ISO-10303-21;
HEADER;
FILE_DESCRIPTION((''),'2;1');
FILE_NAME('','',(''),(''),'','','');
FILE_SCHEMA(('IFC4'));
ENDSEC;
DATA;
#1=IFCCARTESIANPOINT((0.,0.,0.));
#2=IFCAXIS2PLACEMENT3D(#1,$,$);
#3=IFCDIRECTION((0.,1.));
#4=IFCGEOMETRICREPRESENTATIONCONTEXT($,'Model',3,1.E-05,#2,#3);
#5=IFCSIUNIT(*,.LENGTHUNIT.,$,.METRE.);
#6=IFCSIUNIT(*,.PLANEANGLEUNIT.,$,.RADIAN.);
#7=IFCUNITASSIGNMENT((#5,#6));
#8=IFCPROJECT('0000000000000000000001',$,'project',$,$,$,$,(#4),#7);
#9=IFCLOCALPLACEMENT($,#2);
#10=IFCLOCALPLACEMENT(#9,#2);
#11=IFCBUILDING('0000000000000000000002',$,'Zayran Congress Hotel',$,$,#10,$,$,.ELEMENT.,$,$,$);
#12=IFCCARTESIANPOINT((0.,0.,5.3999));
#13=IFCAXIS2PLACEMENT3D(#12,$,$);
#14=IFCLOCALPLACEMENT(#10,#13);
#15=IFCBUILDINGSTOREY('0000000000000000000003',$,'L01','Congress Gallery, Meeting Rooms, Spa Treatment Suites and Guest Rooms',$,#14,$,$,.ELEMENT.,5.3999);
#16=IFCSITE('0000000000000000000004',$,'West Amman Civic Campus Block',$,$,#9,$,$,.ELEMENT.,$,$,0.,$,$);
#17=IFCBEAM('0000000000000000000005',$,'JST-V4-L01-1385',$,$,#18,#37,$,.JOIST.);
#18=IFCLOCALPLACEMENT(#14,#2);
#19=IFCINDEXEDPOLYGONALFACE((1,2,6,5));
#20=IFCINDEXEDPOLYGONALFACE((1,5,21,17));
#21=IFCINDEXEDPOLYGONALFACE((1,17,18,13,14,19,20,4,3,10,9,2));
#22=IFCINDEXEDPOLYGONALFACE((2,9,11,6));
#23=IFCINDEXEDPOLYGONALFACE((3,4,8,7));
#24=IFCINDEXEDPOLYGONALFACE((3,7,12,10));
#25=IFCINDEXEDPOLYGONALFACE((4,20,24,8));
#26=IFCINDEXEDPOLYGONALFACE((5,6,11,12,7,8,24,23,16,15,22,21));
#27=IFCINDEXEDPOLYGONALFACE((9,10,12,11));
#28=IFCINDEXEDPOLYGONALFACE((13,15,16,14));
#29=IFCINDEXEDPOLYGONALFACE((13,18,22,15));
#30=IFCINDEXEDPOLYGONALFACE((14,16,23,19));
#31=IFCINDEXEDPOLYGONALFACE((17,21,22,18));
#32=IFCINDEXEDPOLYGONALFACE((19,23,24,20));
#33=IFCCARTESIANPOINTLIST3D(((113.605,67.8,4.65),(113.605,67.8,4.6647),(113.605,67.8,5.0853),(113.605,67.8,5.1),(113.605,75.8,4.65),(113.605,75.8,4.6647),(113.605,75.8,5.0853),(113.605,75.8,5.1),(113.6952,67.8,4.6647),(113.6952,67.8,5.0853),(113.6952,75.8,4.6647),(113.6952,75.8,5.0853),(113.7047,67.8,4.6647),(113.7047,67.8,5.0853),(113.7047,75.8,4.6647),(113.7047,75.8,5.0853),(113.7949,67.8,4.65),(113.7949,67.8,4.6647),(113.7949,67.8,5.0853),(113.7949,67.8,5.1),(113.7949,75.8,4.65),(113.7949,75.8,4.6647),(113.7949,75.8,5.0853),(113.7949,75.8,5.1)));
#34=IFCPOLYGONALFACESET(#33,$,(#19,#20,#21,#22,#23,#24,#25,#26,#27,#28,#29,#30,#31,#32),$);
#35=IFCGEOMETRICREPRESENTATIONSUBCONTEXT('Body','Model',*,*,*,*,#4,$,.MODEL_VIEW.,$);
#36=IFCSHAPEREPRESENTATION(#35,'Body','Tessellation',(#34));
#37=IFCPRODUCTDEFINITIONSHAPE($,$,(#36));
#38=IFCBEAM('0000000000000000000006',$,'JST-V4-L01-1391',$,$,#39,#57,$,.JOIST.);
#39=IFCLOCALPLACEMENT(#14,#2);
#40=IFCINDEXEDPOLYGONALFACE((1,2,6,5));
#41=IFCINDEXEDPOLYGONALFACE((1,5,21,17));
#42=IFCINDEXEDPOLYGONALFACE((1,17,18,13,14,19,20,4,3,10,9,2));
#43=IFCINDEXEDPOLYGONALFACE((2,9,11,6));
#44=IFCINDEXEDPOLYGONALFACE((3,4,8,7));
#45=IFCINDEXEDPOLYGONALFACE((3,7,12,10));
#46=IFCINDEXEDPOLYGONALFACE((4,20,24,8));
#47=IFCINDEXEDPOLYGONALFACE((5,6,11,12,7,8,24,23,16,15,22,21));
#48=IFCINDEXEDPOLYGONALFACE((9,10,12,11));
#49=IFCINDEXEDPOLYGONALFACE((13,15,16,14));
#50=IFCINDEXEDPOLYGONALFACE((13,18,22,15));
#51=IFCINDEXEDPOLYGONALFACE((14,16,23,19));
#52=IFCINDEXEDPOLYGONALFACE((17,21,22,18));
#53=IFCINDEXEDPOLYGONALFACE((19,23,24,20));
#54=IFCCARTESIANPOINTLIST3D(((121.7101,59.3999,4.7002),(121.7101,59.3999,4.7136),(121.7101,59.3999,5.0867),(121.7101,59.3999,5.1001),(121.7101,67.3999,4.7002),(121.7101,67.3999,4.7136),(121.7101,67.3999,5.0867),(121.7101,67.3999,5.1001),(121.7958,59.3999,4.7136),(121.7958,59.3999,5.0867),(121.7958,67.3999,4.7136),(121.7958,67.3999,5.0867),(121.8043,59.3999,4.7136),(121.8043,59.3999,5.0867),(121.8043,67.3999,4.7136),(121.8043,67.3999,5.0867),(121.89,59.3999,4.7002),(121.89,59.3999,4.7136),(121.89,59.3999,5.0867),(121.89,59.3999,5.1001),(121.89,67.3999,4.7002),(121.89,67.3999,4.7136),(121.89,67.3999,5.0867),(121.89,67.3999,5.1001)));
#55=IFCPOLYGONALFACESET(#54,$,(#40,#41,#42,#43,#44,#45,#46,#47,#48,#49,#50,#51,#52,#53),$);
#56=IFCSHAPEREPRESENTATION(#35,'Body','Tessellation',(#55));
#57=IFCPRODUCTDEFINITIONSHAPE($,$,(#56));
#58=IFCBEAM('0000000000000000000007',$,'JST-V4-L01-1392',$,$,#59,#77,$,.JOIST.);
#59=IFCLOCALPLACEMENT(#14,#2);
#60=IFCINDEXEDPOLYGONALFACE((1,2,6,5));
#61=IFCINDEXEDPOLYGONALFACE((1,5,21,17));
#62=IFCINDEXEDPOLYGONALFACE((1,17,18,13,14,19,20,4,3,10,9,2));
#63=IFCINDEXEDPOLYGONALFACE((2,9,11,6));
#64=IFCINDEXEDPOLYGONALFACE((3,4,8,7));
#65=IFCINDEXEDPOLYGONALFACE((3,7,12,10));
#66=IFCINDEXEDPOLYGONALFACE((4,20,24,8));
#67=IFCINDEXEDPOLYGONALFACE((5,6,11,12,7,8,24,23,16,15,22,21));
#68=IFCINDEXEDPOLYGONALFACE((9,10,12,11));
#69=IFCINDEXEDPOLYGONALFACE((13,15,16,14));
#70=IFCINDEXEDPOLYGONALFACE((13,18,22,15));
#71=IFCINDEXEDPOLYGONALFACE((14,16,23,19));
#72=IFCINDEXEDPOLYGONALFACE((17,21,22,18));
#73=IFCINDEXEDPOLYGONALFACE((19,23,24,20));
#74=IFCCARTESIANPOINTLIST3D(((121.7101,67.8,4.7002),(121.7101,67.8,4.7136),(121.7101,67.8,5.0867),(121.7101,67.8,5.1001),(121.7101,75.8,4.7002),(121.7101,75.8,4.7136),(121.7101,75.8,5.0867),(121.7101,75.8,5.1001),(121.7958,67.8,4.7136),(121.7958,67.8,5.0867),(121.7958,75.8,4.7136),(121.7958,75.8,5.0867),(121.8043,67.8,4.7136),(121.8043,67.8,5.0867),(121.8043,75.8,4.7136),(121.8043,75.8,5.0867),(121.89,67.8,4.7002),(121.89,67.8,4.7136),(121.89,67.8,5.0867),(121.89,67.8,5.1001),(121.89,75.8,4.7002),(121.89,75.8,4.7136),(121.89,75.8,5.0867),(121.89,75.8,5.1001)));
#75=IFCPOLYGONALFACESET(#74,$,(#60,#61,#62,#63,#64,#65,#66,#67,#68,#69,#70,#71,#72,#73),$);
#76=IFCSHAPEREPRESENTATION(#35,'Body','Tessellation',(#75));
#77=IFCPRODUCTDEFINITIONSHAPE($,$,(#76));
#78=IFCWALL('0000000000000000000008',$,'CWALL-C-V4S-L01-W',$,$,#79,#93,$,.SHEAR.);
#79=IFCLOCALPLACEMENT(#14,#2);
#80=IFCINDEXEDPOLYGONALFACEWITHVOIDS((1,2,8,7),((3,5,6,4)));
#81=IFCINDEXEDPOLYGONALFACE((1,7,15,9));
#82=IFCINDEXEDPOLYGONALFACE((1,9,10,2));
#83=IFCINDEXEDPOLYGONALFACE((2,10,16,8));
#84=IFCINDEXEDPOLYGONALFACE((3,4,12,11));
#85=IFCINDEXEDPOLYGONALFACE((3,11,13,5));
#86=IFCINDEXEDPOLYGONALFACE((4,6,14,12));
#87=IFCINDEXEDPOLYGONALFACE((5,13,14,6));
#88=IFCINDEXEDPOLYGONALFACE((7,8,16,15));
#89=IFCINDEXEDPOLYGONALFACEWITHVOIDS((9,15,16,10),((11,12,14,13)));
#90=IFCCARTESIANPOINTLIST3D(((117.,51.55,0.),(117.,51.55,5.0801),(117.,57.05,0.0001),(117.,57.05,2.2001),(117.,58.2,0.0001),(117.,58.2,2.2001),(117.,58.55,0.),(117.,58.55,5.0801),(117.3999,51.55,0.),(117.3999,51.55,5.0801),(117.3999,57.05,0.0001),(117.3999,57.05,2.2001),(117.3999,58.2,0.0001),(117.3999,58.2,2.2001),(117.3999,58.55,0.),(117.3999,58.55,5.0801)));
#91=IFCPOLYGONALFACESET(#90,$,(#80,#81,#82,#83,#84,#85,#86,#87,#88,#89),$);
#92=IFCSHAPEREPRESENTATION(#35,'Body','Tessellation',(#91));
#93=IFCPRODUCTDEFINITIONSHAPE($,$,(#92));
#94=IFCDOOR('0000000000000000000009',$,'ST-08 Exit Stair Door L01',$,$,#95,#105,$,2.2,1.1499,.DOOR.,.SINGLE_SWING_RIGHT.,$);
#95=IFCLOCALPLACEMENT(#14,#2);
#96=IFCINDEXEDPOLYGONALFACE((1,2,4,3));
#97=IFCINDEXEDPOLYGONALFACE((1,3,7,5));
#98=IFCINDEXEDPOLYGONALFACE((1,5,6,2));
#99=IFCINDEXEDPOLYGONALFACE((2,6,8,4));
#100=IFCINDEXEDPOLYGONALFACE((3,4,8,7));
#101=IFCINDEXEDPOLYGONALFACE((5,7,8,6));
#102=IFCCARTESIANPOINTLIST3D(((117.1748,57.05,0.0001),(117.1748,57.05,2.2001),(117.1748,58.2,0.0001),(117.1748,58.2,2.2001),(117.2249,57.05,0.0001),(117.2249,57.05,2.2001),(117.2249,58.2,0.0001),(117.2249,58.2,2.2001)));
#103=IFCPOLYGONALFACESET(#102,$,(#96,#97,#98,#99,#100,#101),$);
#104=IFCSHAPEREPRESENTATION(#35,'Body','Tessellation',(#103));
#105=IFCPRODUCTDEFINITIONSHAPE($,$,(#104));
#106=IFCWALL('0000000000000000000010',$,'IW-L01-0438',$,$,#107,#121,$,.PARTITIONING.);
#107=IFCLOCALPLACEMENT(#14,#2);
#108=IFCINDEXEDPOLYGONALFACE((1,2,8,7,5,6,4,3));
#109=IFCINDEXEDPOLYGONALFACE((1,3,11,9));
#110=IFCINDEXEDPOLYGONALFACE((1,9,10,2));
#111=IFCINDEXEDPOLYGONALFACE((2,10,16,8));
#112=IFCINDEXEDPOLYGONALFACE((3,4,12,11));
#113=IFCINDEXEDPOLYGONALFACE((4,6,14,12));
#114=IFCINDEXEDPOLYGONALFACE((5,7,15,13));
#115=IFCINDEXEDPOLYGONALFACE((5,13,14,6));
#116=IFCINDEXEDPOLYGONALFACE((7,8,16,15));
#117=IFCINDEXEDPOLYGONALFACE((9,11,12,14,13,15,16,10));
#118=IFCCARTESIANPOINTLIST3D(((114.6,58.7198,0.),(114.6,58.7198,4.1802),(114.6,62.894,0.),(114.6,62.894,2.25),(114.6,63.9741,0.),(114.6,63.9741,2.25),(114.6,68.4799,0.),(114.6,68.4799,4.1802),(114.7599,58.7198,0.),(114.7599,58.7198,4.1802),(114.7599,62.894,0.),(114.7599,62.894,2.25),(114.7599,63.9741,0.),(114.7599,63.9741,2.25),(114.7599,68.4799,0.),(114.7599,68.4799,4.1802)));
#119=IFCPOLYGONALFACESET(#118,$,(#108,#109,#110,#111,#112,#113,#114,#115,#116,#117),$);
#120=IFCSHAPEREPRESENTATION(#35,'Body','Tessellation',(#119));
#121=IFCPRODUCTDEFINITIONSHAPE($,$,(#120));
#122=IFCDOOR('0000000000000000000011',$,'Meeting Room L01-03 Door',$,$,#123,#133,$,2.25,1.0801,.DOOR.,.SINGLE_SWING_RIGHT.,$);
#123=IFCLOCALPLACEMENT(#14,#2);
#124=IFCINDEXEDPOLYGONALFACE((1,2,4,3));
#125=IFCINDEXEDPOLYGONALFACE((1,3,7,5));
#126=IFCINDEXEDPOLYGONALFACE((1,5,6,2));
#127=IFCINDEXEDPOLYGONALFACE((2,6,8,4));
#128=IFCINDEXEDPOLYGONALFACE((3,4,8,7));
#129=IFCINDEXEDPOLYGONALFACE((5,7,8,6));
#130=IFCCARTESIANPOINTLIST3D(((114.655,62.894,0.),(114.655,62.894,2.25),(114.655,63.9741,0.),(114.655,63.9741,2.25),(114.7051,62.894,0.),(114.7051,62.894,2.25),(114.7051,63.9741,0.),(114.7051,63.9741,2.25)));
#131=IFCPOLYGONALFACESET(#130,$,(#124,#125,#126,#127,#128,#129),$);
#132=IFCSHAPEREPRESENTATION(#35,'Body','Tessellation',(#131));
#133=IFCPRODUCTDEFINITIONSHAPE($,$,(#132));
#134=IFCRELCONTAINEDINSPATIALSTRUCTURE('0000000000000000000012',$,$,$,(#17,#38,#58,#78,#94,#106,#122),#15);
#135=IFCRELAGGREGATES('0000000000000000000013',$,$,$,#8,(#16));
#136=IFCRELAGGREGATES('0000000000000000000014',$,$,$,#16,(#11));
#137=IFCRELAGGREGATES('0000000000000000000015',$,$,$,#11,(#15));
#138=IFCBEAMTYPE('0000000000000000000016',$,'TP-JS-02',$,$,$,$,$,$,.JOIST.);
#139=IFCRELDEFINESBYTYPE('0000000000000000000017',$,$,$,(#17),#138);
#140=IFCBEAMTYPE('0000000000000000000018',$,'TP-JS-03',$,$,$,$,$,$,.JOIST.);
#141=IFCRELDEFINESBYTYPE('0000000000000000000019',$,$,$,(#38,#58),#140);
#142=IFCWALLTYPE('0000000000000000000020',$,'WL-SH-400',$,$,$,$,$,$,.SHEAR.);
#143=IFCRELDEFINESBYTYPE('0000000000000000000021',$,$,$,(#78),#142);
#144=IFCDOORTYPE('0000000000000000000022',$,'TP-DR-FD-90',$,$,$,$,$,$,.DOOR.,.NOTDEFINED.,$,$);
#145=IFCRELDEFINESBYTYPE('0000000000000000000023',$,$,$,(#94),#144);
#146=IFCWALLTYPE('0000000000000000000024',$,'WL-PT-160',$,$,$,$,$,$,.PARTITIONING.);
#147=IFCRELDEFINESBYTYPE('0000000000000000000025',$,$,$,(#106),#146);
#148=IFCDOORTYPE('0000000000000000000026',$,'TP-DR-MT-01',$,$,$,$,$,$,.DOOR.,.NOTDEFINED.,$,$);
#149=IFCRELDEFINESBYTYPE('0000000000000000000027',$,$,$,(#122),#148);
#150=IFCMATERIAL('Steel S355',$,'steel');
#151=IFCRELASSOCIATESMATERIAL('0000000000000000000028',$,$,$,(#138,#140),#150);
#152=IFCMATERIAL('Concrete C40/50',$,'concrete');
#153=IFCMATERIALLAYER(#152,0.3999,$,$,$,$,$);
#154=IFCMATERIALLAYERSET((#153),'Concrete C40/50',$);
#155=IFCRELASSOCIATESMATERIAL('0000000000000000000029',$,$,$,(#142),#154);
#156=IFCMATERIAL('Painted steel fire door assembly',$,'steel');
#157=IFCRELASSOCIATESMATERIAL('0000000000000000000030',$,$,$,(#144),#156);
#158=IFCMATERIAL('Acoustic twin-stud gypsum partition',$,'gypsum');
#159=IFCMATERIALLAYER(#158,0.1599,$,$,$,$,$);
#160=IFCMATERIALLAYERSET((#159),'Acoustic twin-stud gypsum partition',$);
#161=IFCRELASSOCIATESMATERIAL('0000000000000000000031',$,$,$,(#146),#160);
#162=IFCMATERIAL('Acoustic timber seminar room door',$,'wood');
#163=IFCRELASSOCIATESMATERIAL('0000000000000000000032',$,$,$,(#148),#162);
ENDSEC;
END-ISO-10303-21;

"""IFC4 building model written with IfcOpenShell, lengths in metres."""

from ifc_helpers import new_model, si_unit, direction, frame, frame_2d, origin, origin_2d, place, context, subcontext, project, spatial, rectangle, i_section, extrude, material, layer, layer_set, material_profile, profile_set, type_object, element, fill, save


model = new_model("IFC4")

# Units and contexts
model_context = context("Model", 3, precision=1e-05, world=origin(), true_north=direction((0.0, 1.0)))
body_context = subcontext(model_context, "Body", "Model", "MODEL_VIEW")
ifc_project = project(units=[si_unit("LENGTHUNIT", "METRE"), si_unit("PLANEANGLEUNIT", "RADIAN")], contexts=[model_context])

# Site, building, storey
site_placement = place(None, origin())
site = spatial("IfcSite", under=ifc_project, at=site_placement, Name="West Amman Civic Campus Block", CompositionType="ELEMENT", RefElevation=0.0)
building_placement = place(site_placement, origin())
building = spatial("IfcBuilding", under=site, at=building_placement, Name="Zayran Congress Hotel", CompositionType="ELEMENT")
storey_placement = place(building_placement, frame((0.0, 0.0, 5.3999)))
storey = spatial("IfcBuildingStorey", under=building, at=storey_placement, Name="L01", Description="Congress Gallery, Meeting Rooms, Spa Treatment Suites and Guest Rooms", CompositionType="ELEMENT", Elevation=5.3999)

# Shared definitions
ifc_material_1 = material(Name="Concrete C40/50", Category="concrete")

# Beams
ifc_material_2 = material(Name="Steel S355", Category="steel")
ifc_material_profile_1 = material_profile(ifc_material_2, i_section(OverallWidth=0.1899, OverallDepth=0.45, WebThickness=0.0095, FlangeThickness=0.0146, at=origin_2d()), Name="IPE 450")
ifc_profile_set_1 = profile_set([ifc_material_profile_1], Name="Steel S355")
beam_type_1 = type_object("IfcBeamType", Name="TP-JS-02", PredefinedType="JOIST", material=ifc_profile_set_1)
for number, where, z_axis, x_axis, name in (
    (1, (113.7, 67.8, 4.875), (0.0, 1.0, 0.0), (-1.0, 0.0, 0.0), "JST-V4-L01-1385"),
):
    element("IfcBeam", number, at=place(storey_placement, frame(where, z_axis=z_axis, x_axis=x_axis)), inside=storey, type_object=beam_type_1, Name=name, PredefinedType="JOIST", context=body_context, shape_type="SweptSolid", body=[
        extrude(i_section(OverallWidth=0.1899, OverallDepth=0.45, WebThickness=0.0095, FlangeThickness=0.0146, at=origin_2d()), origin(), (0.0, 0.0, 1.0), 8.0),
    ])
ifc_material_profile_2 = material_profile(ifc_material_2, i_section(OverallWidth=0.1799, OverallDepth=0.3999, WebThickness=0.0085, FlangeThickness=0.0134, at=origin_2d()), Name="IPE 400")
ifc_profile_set_2 = profile_set([ifc_material_profile_2], Name="Steel S355")
beam_type_2 = type_object("IfcBeamType", Name="TP-JS-03", PredefinedType="JOIST", material=ifc_profile_set_2)
for number, where, z_axis, x_axis, name in (
    (2, (121.8, 59.3999, 4.9001), (0.0, 1.0, 0.0), (-1.0, 0.0, 0.0), "JST-V4-L01-1391"),
    (3, (121.8, 67.8, 4.9001), (0.0, 1.0, 0.0), (-1.0, 0.0, 0.0), "JST-V4-L01-1392"),
):
    element("IfcBeam", number, at=place(storey_placement, frame(where, z_axis=z_axis, x_axis=x_axis)), inside=storey, type_object=beam_type_2, Name=name, PredefinedType="JOIST", context=body_context, shape_type="SweptSolid", body=[
        extrude(i_section(OverallWidth=0.1799, OverallDepth=0.3999, WebThickness=0.0085, FlangeThickness=0.0134, at=origin_2d()), origin(), (0.0, 0.0, 1.0), 8.0),
    ])

# Walls, openings, doors
ifc_layer_1 = layer(ifc_material_1, 0.3999)
ifc_layer_set_1 = layer_set([ifc_layer_1], Name="Concrete C40/50")
wall_type_1 = type_object("IfcWallType", Name="WL-SH-400", PredefinedType="SHEAR", material=ifc_layer_set_1)
wall_1_placement = place(storey_placement, frame((117.2, 58.55, 0.0), z_axis=(0.0, 0.0, 1.0), x_axis=(0.0, -1.0, 0.0)))
wall_1 = element("IfcWall", 4, at=wall_1_placement, inside=storey, type_object=wall_type_1, Name="CWALL-C-V4S-L01-W", PredefinedType="SHEAR", context=body_context, shape_type="SweptSolid", body=[
    extrude(rectangle(XDim=7.0, YDim=0.3999, at=frame_2d((3.5, 0.0))), origin(), (0.0, 0.0, 1.0), 5.0801),
])
opening_1_placement = place(wall_1_placement, frame((0.3501, 0.0, 0.0)))
opening_1 = element("IfcOpeningElement", 5, at=opening_1_placement, cuts=wall_1, PredefinedType="OPENING", context=body_context, shape_type="SweptSolid", body=[
    extrude(rectangle(XDim=1.1499, YDim=2.2, at=frame_2d((0.575, 1.1001))), frame((0.0, 0.21, 0.0), z_axis=(0.0, -1.0, 0.0), x_axis=(1.0, 0.0, 0.0)), (0.0, 0.0, 1.0), 0.4199),
])
ifc_material_3 = material(Name="Painted steel fire door assembly", Category="steel")
door_type_1 = type_object("IfcDoorType", Name="TP-DR-FD-90", OperationType="NOTDEFINED", PredefinedType="DOOR", material=ifc_material_3)
door_1_placement = place(opening_1_placement, origin())
door_1 = element("IfcDoor", 6, at=door_1_placement, inside=storey, type_object=door_type_1, Name="ST-08 Exit Stair Door L01", OperationType="SINGLE_SWING_RIGHT", OverallHeight=2.2, OverallWidth=1.1499, PredefinedType="DOOR", context=body_context, shape_type="SweptSolid", body=[
    extrude(rectangle(XDim=1.1499, YDim=2.2, at=frame_2d((0.575, 1.1001))), frame((0.0, 0.0249, 0.0), z_axis=(0.0, -1.0, 0.0), x_axis=(1.0, 0.0, 0.0)), (0.0, 0.0, 1.0), 0.05),
])
fill(opening_1, door_1)
ifc_material_4 = material(Name="Acoustic twin-stud gypsum partition", Category="gypsum")
ifc_layer_2 = layer(ifc_material_4, 0.1599)
ifc_layer_set_2 = layer_set([ifc_layer_2], Name="Acoustic twin-stud gypsum partition")
wall_type_2 = type_object("IfcWallType", Name="WL-PT-160", PredefinedType="PARTITIONING", material=ifc_layer_set_2)
wall_2_placement = place(storey_placement, frame((114.6799, 58.72, 0.0), z_axis=(0.0, 0.0, 1.0), x_axis=(0.0, 1.0, 0.0)))
wall_2 = element("IfcWall", 7, at=wall_2_placement, inside=storey, type_object=wall_type_2, Name="IW-L01-0438", PredefinedType="PARTITIONING", context=body_context, shape_type="SweptSolid", body=[
    extrude(rectangle(XDim=9.76, YDim=0.1599, at=frame_2d((4.8799, 0.0))), origin(), (0.0, 0.0, 1.0), 4.1802),
])
opening_2_placement = place(wall_2_placement, frame((4.1741, 0.0, 0.0)))
opening_2 = element("IfcOpeningElement", 8, at=opening_2_placement, cuts=wall_2, PredefinedType="OPENING", context=body_context, shape_type="SweptSolid", body=[
    extrude(rectangle(XDim=1.0801, YDim=2.25, at=frame_2d((0.54, 1.125))), frame((0.0, 0.0898, 0.0), z_axis=(0.0, -1.0, 0.0), x_axis=(1.0, 0.0, 0.0)), (0.0, 0.0, 1.0), 0.1799),
])
ifc_material_5 = material(Name="Acoustic timber seminar room door", Category="wood")
door_type_2 = type_object("IfcDoorType", Name="TP-DR-MT-01", OperationType="NOTDEFINED", PredefinedType="DOOR", material=ifc_material_5)
door_2_placement = place(opening_2_placement, origin())
door_2 = element("IfcDoor", 9, at=door_2_placement, inside=storey, type_object=door_type_2, Name="Meeting Room L01-03 Door", OperationType="SINGLE_SWING_RIGHT", OverallHeight=2.25, OverallWidth=1.0801, PredefinedType="DOOR", context=body_context, shape_type="SweptSolid", body=[
    extrude(rectangle(XDim=1.0801, YDim=2.25, at=frame_2d((0.54, 1.125))), frame((0.0, 0.0249, 0.0), z_axis=(0.0, -1.0, 0.0), x_axis=(1.0, 0.0, 0.0)), (0.0, 0.0, 1.0), 0.05),
])
fill(opening_2, door_2)

save(model, "model.ifc")
